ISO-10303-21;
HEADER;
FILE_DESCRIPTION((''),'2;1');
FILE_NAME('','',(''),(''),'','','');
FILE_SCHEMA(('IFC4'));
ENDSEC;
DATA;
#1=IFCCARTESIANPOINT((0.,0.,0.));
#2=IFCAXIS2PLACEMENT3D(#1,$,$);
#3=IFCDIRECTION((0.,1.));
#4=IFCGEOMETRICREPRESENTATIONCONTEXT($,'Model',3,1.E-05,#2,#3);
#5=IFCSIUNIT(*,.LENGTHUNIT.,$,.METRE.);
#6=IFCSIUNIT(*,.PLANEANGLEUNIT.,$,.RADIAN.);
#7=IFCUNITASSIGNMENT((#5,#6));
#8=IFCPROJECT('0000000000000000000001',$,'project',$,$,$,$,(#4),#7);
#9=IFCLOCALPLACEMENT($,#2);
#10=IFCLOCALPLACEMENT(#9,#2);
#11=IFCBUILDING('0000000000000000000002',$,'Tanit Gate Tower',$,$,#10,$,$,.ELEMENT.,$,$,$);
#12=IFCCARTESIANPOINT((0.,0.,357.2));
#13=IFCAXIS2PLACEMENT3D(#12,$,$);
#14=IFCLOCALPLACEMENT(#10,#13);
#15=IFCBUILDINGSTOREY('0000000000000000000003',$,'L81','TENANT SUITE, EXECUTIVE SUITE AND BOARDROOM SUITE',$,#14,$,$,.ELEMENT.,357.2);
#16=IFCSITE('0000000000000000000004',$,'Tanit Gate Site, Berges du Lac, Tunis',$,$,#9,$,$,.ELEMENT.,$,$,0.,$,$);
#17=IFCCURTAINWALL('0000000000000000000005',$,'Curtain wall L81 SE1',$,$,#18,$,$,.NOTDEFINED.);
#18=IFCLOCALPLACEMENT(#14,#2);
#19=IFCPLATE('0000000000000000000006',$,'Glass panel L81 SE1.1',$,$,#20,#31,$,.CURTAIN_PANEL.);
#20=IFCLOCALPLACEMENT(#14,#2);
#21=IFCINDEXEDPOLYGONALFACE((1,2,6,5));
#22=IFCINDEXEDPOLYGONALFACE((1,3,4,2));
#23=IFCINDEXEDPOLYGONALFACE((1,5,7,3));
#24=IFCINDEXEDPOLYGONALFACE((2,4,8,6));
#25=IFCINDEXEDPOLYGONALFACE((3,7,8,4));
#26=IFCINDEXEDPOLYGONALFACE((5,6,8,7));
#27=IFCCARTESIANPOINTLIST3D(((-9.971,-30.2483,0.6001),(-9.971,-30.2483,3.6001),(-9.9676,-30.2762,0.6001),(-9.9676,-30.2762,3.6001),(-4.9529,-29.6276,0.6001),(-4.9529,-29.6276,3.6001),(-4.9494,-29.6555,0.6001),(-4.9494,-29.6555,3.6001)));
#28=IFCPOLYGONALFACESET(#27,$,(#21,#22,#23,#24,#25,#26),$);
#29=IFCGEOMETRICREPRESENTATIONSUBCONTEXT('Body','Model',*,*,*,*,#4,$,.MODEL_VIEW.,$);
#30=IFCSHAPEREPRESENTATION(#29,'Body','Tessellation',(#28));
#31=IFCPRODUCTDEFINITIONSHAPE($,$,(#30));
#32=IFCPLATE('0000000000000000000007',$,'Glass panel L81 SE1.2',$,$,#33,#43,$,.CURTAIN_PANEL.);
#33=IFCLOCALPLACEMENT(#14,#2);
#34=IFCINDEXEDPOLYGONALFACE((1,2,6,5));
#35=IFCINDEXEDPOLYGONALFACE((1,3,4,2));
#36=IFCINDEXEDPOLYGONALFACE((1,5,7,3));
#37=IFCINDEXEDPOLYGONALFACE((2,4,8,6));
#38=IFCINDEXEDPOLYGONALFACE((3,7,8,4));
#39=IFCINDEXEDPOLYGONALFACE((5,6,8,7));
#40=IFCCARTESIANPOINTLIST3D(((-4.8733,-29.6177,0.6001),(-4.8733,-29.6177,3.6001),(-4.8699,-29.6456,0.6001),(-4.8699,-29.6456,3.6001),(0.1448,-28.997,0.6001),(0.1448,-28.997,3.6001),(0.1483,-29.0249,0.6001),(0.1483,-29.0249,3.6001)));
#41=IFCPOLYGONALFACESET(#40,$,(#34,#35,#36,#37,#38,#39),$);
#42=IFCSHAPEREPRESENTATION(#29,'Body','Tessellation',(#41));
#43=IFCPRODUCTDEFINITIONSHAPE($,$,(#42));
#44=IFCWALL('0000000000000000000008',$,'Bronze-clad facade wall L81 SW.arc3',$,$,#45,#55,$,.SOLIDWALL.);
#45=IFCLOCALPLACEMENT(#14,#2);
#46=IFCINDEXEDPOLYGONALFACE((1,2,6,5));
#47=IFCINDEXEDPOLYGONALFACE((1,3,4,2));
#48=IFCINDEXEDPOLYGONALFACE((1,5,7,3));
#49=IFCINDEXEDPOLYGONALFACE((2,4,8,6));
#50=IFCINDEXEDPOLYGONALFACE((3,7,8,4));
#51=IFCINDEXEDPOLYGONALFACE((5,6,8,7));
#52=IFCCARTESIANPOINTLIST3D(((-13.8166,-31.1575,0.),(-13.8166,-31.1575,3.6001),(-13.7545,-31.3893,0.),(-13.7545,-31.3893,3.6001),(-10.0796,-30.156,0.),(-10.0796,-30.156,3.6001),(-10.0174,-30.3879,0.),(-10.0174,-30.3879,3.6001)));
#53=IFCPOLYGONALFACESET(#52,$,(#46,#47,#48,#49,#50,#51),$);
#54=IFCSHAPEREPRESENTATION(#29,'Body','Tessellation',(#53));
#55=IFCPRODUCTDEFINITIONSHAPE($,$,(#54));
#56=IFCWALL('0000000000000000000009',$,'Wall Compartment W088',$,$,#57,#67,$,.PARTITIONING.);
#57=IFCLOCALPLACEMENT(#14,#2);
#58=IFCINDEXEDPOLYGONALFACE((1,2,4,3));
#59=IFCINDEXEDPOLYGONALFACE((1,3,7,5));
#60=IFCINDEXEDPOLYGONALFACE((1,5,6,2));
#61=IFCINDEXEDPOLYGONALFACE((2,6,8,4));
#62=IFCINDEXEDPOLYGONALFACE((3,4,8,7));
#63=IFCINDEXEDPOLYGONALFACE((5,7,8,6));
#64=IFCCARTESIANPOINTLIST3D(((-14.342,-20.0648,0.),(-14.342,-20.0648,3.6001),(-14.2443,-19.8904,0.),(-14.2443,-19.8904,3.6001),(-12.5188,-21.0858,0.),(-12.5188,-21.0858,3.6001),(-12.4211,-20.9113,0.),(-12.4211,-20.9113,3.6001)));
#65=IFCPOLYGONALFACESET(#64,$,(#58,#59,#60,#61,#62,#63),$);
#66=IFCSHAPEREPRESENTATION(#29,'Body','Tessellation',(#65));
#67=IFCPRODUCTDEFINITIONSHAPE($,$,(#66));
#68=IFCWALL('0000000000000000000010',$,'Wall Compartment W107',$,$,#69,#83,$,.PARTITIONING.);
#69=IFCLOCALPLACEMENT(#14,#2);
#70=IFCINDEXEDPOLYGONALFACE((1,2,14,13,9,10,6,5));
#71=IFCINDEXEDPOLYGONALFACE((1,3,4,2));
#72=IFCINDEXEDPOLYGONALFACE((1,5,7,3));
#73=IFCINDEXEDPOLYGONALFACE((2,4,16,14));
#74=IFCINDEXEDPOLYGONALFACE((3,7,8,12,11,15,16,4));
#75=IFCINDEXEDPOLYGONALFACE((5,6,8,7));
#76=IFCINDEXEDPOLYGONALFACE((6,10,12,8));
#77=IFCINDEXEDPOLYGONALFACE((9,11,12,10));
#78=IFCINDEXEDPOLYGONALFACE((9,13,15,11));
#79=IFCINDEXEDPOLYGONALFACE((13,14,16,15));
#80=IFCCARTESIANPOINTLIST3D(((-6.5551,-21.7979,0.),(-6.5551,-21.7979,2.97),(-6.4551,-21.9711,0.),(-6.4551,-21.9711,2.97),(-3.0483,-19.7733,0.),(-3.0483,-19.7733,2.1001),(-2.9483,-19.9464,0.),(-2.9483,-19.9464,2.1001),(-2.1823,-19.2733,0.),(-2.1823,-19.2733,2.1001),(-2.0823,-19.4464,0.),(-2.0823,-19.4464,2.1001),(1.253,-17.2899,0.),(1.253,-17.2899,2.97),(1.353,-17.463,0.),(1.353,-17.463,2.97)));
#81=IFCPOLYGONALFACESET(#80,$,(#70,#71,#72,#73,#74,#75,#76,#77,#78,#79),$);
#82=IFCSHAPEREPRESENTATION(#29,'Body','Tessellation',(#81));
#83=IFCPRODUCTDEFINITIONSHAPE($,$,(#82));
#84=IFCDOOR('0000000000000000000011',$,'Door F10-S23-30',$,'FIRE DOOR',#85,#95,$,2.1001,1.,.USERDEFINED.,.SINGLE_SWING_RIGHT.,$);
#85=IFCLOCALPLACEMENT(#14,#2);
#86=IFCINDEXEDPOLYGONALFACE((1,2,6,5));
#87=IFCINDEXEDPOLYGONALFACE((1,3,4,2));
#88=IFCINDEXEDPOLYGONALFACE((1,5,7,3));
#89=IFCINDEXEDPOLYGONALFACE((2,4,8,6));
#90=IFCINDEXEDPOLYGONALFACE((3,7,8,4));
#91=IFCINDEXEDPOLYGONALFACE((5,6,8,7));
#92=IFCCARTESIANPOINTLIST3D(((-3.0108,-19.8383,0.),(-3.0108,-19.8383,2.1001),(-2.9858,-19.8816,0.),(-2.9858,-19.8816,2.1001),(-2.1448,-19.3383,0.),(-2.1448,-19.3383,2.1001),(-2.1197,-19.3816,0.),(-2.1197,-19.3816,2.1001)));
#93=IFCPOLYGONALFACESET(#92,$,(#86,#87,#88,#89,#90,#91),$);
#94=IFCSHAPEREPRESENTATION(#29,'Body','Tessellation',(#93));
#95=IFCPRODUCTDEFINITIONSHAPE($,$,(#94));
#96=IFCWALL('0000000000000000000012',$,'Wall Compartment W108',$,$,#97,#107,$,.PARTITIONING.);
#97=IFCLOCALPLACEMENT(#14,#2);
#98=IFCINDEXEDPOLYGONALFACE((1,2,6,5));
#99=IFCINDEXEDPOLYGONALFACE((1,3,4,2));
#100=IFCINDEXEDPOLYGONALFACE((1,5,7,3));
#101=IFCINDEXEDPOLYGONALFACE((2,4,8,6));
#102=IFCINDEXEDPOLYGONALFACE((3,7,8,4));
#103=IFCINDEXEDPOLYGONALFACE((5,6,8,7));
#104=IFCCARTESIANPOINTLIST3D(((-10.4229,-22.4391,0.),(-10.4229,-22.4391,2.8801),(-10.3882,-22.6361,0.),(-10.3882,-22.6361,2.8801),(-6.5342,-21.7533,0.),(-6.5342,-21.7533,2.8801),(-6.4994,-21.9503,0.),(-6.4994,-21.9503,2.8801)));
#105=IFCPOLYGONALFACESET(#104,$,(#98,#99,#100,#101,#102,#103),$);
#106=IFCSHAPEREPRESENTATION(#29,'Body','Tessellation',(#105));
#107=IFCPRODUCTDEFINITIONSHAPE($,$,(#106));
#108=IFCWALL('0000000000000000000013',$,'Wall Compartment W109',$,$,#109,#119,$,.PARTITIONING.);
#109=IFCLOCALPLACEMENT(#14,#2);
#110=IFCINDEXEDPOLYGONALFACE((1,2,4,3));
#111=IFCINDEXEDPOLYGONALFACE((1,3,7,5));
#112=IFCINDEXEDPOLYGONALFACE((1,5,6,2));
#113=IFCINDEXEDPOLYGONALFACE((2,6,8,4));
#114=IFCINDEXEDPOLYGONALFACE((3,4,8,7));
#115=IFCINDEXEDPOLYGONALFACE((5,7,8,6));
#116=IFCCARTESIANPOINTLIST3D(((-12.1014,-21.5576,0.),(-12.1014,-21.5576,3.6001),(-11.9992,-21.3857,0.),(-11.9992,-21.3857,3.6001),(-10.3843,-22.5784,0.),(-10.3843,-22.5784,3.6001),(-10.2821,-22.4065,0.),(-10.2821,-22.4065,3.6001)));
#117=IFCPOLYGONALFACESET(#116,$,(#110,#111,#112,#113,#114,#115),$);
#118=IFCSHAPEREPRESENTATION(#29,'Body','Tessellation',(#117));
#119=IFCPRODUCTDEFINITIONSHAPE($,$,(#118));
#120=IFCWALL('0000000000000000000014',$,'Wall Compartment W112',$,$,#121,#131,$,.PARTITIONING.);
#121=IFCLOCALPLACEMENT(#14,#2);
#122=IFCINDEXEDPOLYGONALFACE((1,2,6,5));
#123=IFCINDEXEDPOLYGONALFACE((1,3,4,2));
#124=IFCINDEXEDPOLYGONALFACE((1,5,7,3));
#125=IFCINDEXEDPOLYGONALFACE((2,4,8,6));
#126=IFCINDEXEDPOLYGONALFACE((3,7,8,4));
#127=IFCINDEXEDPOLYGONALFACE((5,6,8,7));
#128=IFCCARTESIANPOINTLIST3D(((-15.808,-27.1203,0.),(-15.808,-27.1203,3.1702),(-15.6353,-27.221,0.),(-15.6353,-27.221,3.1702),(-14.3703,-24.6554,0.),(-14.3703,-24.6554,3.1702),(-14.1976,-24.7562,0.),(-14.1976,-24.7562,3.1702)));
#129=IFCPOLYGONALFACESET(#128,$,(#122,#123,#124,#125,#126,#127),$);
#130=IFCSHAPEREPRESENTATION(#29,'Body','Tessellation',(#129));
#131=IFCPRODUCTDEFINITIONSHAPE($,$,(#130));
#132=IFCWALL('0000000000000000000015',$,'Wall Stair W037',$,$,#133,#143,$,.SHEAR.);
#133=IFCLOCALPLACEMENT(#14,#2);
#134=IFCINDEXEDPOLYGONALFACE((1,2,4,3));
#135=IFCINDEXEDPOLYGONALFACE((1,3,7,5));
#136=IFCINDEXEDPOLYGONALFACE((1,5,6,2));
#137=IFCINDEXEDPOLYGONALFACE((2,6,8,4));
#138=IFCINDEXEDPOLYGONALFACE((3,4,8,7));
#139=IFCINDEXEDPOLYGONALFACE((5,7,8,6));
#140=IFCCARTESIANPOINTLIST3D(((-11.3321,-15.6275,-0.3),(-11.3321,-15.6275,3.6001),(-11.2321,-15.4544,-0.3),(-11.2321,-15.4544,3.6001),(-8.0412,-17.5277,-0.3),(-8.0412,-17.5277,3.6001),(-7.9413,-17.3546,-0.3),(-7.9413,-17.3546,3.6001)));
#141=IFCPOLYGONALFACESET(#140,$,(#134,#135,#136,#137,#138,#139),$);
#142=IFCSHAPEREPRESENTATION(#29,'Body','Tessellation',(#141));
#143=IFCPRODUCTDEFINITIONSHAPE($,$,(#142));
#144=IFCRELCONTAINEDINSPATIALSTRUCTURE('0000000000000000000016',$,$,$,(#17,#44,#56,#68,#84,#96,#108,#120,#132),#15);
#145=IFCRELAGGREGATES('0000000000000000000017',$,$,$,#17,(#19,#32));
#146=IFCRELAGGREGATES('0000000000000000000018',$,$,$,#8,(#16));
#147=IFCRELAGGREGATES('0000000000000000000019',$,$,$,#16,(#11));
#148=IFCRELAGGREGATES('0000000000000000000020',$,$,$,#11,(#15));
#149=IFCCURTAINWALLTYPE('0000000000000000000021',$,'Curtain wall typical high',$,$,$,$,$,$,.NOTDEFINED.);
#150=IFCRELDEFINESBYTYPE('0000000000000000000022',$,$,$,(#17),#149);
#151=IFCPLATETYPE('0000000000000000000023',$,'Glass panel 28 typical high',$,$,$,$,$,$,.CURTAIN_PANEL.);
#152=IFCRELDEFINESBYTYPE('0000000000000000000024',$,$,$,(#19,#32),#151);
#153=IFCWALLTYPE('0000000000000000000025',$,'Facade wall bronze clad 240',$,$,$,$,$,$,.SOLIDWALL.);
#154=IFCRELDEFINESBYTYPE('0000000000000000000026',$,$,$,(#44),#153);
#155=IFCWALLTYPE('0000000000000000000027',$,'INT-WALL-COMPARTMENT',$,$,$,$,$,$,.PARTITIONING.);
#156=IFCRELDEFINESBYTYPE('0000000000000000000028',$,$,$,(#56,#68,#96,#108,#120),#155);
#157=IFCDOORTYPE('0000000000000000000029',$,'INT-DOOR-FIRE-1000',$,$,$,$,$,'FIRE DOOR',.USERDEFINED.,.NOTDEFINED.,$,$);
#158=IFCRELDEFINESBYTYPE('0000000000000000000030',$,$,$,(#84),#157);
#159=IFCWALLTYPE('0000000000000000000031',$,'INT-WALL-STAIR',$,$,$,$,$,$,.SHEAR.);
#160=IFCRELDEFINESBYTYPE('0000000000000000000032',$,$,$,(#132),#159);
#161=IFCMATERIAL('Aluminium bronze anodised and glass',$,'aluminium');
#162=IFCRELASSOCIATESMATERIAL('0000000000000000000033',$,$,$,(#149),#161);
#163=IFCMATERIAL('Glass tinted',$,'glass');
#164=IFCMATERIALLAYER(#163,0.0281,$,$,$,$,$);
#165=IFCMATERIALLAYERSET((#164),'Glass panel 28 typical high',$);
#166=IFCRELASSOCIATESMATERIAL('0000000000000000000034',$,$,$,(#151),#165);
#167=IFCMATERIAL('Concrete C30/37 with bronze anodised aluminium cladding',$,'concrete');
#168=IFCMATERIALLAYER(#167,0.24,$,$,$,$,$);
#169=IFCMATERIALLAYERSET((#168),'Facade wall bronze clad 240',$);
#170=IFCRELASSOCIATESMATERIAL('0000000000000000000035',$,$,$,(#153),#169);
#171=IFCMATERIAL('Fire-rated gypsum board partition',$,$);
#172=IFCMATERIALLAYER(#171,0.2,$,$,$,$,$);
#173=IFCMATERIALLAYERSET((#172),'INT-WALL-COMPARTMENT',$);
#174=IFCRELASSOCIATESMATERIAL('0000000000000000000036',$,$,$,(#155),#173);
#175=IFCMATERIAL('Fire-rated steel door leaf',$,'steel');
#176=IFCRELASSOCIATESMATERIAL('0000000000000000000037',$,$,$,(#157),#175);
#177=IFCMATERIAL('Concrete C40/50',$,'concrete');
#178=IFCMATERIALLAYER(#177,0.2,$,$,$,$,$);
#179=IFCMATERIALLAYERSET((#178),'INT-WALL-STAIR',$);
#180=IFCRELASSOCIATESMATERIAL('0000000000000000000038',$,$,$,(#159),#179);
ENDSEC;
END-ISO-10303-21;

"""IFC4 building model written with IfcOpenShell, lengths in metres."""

from ifc_helpers import new_model, si_unit, direction, frame, frame_2d, origin, origin_2d, place, context, subcontext, project, spatial, rectangle, extrude, material, layer, layer_set, type_object, element, fill, aggregate, save


model = new_model("IFC4")

# Units and contexts
model_context = context("Model", 3, precision=1e-05, world=origin(), true_north=direction((0.0, 1.0)))
body_context = subcontext(model_context, "Body", "Model", "MODEL_VIEW")
ifc_project = project(units=[si_unit("LENGTHUNIT", "METRE"), si_unit("PLANEANGLEUNIT", "RADIAN")], contexts=[model_context])

# Site, building, storey
site_placement = place(None, origin())
site = spatial("IfcSite", under=ifc_project, at=site_placement, Name="Tanit Gate Site, Berges du Lac, Tunis", CompositionType="ELEMENT", RefElevation=0.0)
building_placement = place(site_placement, origin())
building = spatial("IfcBuilding", under=site, at=building_placement, Name="Tanit Gate Tower", CompositionType="ELEMENT")
storey_placement = place(building_placement, frame((0.0, 0.0, 357.2)))
storey = spatial("IfcBuildingStorey", under=building, at=storey_placement, Name="L81", Description="TENANT SUITE, EXECUTIVE SUITE AND BOARDROOM SUITE", CompositionType="ELEMENT", Elevation=357.2)

# Curtain wall
ifc_material_1 = material(Name="Aluminium bronze anodised and glass", Category="aluminium")
curtain_wall_type = type_object("IfcCurtainWallType", Name="Curtain wall typical high", PredefinedType="NOTDEFINED", material=ifc_material_1)
curtain_wall_placement = place(storey_placement, origin())
curtain_wall = element("IfcCurtainWall", 1, at=curtain_wall_placement, inside=storey, type_object=curtain_wall_type, Name="Curtain wall L81 SE1", PredefinedType="NOTDEFINED")

# Plates
ifc_material_2 = material(Name="Glass tinted", Category="glass")
ifc_layer_1 = layer(ifc_material_2, 0.0281)
ifc_layer_set_1 = layer_set([ifc_layer_1], Name="Glass panel 28 typical high")
plate_type = type_object("IfcPlateType", Name="Glass panel 28 typical high", PredefinedType="CURTAIN_PANEL", material=ifc_layer_set_1)
plate_1_placement = place(storey_placement, frame((-7.4602, -29.9519, 0.6001), z_axis=(0.0, 0.0, 1.0), x_axis=(0.992436, 0.122759, 0.0)))
plate_1 = element("IfcPlate", 2, at=plate_1_placement, type_object=plate_type, Name="Glass panel L81 SE1.1", PredefinedType="CURTAIN_PANEL", context=body_context, shape_type="SweptSolid", body=[
    extrude(rectangle(XDim=5.0564, YDim=0.0281, at=origin_2d()), origin(), (0.0, 0.0, 1.0), 3.0),
])
plate_2_placement = place(storey_placement, frame((-2.3625, -29.3213, 0.6001), z_axis=(0.0, 0.0, 1.0), x_axis=(0.992436, 0.122759, 0.0)))
plate_2 = element("IfcPlate", 3, at=plate_2_placement, type_object=plate_type, Name="Glass panel L81 SE1.2", PredefinedType="CURTAIN_PANEL", context=body_context, shape_type="SweptSolid", body=[
    extrude(rectangle(XDim=5.0564, YDim=0.0281, at=origin_2d()), origin(), (0.0, 0.0, 1.0), 3.0),
])
aggregate(curtain_wall, [plate_1, plate_2])

# Walls
ifc_material_3 = material(Name="Concrete C30/37 with bronze anodised aluminium cladding", Category="concrete")
ifc_layer_2 = layer(ifc_material_3, 0.24)
ifc_layer_set_2 = layer_set([ifc_layer_2], Name="Facade wall bronze clad 240")
wall_type_1 = type_object("IfcWallType", Name="Facade wall bronze clad 240", PredefinedType="SOLIDWALL", material=ifc_layer_set_2)
wall_1_placement = place(storey_placement, frame((-13.7856, -31.2734, 0.0), z_axis=(0.0, 0.0, 1.0), x_axis=(0.965918, 0.258849, 0.0)))
element("IfcWall", 4, at=wall_1_placement, inside=storey, type_object=wall_type_1, Name="Bronze-clad facade wall L81 SW.arc3", PredefinedType="SOLIDWALL", context=body_context, shape_type="SweptSolid", body=[
    extrude(rectangle(XDim=3.8689, YDim=0.24, at=frame_2d((1.9346, 0.0))), origin(), (0.0, 0.0, 1.0), 3.6001),
])
ifc_material_4 = material(Name="Fire-rated gypsum board partition")
ifc_layer_3 = layer(ifc_material_4, 0.2)
ifc_layer_set_3 = layer_set([ifc_layer_3], Name="INT-WALL-COMPARTMENT")
wall_type_2 = type_object("IfcWallType", Name="INT-WALL-COMPARTMENT", PredefinedType="PARTITIONING", material=ifc_layer_set_3)
wall_2_placement = place(storey_placement, frame((-14.2932, -19.9775, 0.0), z_axis=(0.0, 0.0, 1.0), x_axis=(0.87251, -0.488596, 0.0)))
element("IfcWall", 5, at=wall_2_placement, inside=storey, type_object=wall_type_2, Name="Wall Compartment W088", PredefinedType="PARTITIONING", context=body_context, shape_type="SweptSolid", body=[
    extrude(rectangle(XDim=2.0896, YDim=0.2, at=frame_2d((1.0449, 0.0))), origin(), (0.0, 0.0, 1.0), 3.6001),
])

# Wall, opening, door
wall_3_placement = place(storey_placement, frame((-6.5051, -21.8845, 0.0), z_axis=(0.0, 0.0, 1.0), x_axis=(0.866023, 0.500004, 0.0)))
wall_3 = element("IfcWall", 6, at=wall_3_placement, inside=storey, type_object=wall_type_2, Name="Wall Compartment W107", PredefinedType="PARTITIONING", context=body_context, shape_type="SweptSolid", body=[
    extrude(rectangle(XDim=9.0161, YDim=0.2, at=frame_2d((4.5081, 0.0))), origin(), (0.0, 0.0, 1.0), 2.97),
])
opening_1_placement = place(wall_3_placement, frame((4.0493, 0.0, 0.0)))
opening_1 = element("IfcOpeningElement", 7, at=opening_1_placement, cuts=wall_3, PredefinedType="OPENING", context=body_context, shape_type="SweptSolid", body=[
    extrude(rectangle(XDim=1.0, YDim=2.1001, at=frame_2d((0.5, 1.05))), frame((0.0, 0.1099, 0.0), z_axis=(0.0, -1.0, 0.0), x_axis=(1.0, 0.0, 0.0)), (0.0, 0.0, 1.0), 0.22),
])
ifc_material_5 = material(Name="Fire-rated steel door leaf", Category="steel")
door_type_1 = type_object("IfcDoorType", Name="INT-DOOR-FIRE-1000", ElementType="FIRE DOOR", OperationType="NOTDEFINED", PredefinedType="USERDEFINED", material=ifc_material_5)
door_1_placement = place(opening_1_placement, origin())
door_1 = element("IfcDoor", 8, at=door_1_placement, inside=storey, type_object=door_type_1, Name="Door F10-S23-30", ObjectType="FIRE DOOR", OperationType="SINGLE_SWING_RIGHT", OverallHeight=2.1001, OverallWidth=1.0, PredefinedType="USERDEFINED", context=body_context, shape_type="SweptSolid", body=[
    extrude(rectangle(XDim=1.0, YDim=2.1001, at=frame_2d((0.5, 1.05))), frame((0.0, 0.0249, 0.0), z_axis=(0.0, -1.0, 0.0), x_axis=(1.0, 0.0, 0.0)), (0.0, 0.0, 1.0), 0.05),
])
fill(opening_1, door_1)

# Walls
wall_4_placement = place(storey_placement, frame((-10.4055, -22.5376, 0.0), z_axis=(0.0, 0.0, 1.0), x_axis=(0.984803, 0.173676, 0.0)))
element("IfcWall", 9, at=wall_4_placement, inside=storey, type_object=wall_type_2, Name="Wall Compartment W108", PredefinedType="PARTITIONING", context=body_context, shape_type="SweptSolid", body=[
    extrude(rectangle(XDim=3.9487, YDim=0.2, at=frame_2d((1.9744, 0.0))), origin(), (0.0, 0.0, 1.0), 2.8801),
])
wall_5_placement = place(storey_placement, frame((-12.0503, -21.4717, 0.0), z_axis=(0.0, 0.0, 1.0), x_axis=(0.859578, -0.511005, 0.0)))
element("IfcWall", 10, at=wall_5_placement, inside=storey, type_object=wall_type_2, Name="Wall Compartment W109", PredefinedType="PARTITIONING", context=body_context, shape_type="SweptSolid", body=[
    extrude(rectangle(XDim=1.9976, YDim=0.2, at=frame_2d((0.9988, 0.0))), origin(), (0.0, 0.0, 1.0), 3.6001),
])
wall_6_placement = place(storey_placement, frame((-14.2839, -24.7058, 0.0), z_axis=(0.0, 0.0, 1.0), x_axis=(-0.50385, -0.863791, 0.0)))
element("IfcWall", 11, at=wall_6_placement, inside=storey, type_object=wall_type_2, Name="Wall Compartment W112", PredefinedType="PARTITIONING", context=body_context, shape_type="SweptSolid", body=[
    extrude(rectangle(XDim=2.8535, YDim=0.2, at=frame_2d((1.4268, 0.0))), origin(), (0.0, 0.0, 1.0), 3.1702),
])
ifc_material_6 = material(Name="Concrete C40/50", Category="concrete")
ifc_layer_4 = layer(ifc_material_6, 0.2)
ifc_layer_set_4 = layer_set([ifc_layer_4], Name="INT-WALL-STAIR")
wall_type_3 = type_object("IfcWallType", Name="INT-WALL-STAIR", PredefinedType="SHEAR", material=ifc_layer_set_4)
wall_7_placement = place(storey_placement, frame((-11.282, -15.541, -0.3), z_axis=(0.0, 0.0, 1.0), x_axis=(0.866, -0.500043, 0.0)))
element("IfcWall", 12, at=wall_7_placement, inside=storey, type_object=wall_type_3, Name="Wall Stair W037", PredefinedType="SHEAR", context=body_context, shape_type="SweptSolid", body=[
    extrude(rectangle(XDim=3.8, YDim=0.2, at=frame_2d((1.8999, 0.0))), origin(), (0.0, 0.0, 1.0), 3.9001),
])

save(model, "model.ifc")
